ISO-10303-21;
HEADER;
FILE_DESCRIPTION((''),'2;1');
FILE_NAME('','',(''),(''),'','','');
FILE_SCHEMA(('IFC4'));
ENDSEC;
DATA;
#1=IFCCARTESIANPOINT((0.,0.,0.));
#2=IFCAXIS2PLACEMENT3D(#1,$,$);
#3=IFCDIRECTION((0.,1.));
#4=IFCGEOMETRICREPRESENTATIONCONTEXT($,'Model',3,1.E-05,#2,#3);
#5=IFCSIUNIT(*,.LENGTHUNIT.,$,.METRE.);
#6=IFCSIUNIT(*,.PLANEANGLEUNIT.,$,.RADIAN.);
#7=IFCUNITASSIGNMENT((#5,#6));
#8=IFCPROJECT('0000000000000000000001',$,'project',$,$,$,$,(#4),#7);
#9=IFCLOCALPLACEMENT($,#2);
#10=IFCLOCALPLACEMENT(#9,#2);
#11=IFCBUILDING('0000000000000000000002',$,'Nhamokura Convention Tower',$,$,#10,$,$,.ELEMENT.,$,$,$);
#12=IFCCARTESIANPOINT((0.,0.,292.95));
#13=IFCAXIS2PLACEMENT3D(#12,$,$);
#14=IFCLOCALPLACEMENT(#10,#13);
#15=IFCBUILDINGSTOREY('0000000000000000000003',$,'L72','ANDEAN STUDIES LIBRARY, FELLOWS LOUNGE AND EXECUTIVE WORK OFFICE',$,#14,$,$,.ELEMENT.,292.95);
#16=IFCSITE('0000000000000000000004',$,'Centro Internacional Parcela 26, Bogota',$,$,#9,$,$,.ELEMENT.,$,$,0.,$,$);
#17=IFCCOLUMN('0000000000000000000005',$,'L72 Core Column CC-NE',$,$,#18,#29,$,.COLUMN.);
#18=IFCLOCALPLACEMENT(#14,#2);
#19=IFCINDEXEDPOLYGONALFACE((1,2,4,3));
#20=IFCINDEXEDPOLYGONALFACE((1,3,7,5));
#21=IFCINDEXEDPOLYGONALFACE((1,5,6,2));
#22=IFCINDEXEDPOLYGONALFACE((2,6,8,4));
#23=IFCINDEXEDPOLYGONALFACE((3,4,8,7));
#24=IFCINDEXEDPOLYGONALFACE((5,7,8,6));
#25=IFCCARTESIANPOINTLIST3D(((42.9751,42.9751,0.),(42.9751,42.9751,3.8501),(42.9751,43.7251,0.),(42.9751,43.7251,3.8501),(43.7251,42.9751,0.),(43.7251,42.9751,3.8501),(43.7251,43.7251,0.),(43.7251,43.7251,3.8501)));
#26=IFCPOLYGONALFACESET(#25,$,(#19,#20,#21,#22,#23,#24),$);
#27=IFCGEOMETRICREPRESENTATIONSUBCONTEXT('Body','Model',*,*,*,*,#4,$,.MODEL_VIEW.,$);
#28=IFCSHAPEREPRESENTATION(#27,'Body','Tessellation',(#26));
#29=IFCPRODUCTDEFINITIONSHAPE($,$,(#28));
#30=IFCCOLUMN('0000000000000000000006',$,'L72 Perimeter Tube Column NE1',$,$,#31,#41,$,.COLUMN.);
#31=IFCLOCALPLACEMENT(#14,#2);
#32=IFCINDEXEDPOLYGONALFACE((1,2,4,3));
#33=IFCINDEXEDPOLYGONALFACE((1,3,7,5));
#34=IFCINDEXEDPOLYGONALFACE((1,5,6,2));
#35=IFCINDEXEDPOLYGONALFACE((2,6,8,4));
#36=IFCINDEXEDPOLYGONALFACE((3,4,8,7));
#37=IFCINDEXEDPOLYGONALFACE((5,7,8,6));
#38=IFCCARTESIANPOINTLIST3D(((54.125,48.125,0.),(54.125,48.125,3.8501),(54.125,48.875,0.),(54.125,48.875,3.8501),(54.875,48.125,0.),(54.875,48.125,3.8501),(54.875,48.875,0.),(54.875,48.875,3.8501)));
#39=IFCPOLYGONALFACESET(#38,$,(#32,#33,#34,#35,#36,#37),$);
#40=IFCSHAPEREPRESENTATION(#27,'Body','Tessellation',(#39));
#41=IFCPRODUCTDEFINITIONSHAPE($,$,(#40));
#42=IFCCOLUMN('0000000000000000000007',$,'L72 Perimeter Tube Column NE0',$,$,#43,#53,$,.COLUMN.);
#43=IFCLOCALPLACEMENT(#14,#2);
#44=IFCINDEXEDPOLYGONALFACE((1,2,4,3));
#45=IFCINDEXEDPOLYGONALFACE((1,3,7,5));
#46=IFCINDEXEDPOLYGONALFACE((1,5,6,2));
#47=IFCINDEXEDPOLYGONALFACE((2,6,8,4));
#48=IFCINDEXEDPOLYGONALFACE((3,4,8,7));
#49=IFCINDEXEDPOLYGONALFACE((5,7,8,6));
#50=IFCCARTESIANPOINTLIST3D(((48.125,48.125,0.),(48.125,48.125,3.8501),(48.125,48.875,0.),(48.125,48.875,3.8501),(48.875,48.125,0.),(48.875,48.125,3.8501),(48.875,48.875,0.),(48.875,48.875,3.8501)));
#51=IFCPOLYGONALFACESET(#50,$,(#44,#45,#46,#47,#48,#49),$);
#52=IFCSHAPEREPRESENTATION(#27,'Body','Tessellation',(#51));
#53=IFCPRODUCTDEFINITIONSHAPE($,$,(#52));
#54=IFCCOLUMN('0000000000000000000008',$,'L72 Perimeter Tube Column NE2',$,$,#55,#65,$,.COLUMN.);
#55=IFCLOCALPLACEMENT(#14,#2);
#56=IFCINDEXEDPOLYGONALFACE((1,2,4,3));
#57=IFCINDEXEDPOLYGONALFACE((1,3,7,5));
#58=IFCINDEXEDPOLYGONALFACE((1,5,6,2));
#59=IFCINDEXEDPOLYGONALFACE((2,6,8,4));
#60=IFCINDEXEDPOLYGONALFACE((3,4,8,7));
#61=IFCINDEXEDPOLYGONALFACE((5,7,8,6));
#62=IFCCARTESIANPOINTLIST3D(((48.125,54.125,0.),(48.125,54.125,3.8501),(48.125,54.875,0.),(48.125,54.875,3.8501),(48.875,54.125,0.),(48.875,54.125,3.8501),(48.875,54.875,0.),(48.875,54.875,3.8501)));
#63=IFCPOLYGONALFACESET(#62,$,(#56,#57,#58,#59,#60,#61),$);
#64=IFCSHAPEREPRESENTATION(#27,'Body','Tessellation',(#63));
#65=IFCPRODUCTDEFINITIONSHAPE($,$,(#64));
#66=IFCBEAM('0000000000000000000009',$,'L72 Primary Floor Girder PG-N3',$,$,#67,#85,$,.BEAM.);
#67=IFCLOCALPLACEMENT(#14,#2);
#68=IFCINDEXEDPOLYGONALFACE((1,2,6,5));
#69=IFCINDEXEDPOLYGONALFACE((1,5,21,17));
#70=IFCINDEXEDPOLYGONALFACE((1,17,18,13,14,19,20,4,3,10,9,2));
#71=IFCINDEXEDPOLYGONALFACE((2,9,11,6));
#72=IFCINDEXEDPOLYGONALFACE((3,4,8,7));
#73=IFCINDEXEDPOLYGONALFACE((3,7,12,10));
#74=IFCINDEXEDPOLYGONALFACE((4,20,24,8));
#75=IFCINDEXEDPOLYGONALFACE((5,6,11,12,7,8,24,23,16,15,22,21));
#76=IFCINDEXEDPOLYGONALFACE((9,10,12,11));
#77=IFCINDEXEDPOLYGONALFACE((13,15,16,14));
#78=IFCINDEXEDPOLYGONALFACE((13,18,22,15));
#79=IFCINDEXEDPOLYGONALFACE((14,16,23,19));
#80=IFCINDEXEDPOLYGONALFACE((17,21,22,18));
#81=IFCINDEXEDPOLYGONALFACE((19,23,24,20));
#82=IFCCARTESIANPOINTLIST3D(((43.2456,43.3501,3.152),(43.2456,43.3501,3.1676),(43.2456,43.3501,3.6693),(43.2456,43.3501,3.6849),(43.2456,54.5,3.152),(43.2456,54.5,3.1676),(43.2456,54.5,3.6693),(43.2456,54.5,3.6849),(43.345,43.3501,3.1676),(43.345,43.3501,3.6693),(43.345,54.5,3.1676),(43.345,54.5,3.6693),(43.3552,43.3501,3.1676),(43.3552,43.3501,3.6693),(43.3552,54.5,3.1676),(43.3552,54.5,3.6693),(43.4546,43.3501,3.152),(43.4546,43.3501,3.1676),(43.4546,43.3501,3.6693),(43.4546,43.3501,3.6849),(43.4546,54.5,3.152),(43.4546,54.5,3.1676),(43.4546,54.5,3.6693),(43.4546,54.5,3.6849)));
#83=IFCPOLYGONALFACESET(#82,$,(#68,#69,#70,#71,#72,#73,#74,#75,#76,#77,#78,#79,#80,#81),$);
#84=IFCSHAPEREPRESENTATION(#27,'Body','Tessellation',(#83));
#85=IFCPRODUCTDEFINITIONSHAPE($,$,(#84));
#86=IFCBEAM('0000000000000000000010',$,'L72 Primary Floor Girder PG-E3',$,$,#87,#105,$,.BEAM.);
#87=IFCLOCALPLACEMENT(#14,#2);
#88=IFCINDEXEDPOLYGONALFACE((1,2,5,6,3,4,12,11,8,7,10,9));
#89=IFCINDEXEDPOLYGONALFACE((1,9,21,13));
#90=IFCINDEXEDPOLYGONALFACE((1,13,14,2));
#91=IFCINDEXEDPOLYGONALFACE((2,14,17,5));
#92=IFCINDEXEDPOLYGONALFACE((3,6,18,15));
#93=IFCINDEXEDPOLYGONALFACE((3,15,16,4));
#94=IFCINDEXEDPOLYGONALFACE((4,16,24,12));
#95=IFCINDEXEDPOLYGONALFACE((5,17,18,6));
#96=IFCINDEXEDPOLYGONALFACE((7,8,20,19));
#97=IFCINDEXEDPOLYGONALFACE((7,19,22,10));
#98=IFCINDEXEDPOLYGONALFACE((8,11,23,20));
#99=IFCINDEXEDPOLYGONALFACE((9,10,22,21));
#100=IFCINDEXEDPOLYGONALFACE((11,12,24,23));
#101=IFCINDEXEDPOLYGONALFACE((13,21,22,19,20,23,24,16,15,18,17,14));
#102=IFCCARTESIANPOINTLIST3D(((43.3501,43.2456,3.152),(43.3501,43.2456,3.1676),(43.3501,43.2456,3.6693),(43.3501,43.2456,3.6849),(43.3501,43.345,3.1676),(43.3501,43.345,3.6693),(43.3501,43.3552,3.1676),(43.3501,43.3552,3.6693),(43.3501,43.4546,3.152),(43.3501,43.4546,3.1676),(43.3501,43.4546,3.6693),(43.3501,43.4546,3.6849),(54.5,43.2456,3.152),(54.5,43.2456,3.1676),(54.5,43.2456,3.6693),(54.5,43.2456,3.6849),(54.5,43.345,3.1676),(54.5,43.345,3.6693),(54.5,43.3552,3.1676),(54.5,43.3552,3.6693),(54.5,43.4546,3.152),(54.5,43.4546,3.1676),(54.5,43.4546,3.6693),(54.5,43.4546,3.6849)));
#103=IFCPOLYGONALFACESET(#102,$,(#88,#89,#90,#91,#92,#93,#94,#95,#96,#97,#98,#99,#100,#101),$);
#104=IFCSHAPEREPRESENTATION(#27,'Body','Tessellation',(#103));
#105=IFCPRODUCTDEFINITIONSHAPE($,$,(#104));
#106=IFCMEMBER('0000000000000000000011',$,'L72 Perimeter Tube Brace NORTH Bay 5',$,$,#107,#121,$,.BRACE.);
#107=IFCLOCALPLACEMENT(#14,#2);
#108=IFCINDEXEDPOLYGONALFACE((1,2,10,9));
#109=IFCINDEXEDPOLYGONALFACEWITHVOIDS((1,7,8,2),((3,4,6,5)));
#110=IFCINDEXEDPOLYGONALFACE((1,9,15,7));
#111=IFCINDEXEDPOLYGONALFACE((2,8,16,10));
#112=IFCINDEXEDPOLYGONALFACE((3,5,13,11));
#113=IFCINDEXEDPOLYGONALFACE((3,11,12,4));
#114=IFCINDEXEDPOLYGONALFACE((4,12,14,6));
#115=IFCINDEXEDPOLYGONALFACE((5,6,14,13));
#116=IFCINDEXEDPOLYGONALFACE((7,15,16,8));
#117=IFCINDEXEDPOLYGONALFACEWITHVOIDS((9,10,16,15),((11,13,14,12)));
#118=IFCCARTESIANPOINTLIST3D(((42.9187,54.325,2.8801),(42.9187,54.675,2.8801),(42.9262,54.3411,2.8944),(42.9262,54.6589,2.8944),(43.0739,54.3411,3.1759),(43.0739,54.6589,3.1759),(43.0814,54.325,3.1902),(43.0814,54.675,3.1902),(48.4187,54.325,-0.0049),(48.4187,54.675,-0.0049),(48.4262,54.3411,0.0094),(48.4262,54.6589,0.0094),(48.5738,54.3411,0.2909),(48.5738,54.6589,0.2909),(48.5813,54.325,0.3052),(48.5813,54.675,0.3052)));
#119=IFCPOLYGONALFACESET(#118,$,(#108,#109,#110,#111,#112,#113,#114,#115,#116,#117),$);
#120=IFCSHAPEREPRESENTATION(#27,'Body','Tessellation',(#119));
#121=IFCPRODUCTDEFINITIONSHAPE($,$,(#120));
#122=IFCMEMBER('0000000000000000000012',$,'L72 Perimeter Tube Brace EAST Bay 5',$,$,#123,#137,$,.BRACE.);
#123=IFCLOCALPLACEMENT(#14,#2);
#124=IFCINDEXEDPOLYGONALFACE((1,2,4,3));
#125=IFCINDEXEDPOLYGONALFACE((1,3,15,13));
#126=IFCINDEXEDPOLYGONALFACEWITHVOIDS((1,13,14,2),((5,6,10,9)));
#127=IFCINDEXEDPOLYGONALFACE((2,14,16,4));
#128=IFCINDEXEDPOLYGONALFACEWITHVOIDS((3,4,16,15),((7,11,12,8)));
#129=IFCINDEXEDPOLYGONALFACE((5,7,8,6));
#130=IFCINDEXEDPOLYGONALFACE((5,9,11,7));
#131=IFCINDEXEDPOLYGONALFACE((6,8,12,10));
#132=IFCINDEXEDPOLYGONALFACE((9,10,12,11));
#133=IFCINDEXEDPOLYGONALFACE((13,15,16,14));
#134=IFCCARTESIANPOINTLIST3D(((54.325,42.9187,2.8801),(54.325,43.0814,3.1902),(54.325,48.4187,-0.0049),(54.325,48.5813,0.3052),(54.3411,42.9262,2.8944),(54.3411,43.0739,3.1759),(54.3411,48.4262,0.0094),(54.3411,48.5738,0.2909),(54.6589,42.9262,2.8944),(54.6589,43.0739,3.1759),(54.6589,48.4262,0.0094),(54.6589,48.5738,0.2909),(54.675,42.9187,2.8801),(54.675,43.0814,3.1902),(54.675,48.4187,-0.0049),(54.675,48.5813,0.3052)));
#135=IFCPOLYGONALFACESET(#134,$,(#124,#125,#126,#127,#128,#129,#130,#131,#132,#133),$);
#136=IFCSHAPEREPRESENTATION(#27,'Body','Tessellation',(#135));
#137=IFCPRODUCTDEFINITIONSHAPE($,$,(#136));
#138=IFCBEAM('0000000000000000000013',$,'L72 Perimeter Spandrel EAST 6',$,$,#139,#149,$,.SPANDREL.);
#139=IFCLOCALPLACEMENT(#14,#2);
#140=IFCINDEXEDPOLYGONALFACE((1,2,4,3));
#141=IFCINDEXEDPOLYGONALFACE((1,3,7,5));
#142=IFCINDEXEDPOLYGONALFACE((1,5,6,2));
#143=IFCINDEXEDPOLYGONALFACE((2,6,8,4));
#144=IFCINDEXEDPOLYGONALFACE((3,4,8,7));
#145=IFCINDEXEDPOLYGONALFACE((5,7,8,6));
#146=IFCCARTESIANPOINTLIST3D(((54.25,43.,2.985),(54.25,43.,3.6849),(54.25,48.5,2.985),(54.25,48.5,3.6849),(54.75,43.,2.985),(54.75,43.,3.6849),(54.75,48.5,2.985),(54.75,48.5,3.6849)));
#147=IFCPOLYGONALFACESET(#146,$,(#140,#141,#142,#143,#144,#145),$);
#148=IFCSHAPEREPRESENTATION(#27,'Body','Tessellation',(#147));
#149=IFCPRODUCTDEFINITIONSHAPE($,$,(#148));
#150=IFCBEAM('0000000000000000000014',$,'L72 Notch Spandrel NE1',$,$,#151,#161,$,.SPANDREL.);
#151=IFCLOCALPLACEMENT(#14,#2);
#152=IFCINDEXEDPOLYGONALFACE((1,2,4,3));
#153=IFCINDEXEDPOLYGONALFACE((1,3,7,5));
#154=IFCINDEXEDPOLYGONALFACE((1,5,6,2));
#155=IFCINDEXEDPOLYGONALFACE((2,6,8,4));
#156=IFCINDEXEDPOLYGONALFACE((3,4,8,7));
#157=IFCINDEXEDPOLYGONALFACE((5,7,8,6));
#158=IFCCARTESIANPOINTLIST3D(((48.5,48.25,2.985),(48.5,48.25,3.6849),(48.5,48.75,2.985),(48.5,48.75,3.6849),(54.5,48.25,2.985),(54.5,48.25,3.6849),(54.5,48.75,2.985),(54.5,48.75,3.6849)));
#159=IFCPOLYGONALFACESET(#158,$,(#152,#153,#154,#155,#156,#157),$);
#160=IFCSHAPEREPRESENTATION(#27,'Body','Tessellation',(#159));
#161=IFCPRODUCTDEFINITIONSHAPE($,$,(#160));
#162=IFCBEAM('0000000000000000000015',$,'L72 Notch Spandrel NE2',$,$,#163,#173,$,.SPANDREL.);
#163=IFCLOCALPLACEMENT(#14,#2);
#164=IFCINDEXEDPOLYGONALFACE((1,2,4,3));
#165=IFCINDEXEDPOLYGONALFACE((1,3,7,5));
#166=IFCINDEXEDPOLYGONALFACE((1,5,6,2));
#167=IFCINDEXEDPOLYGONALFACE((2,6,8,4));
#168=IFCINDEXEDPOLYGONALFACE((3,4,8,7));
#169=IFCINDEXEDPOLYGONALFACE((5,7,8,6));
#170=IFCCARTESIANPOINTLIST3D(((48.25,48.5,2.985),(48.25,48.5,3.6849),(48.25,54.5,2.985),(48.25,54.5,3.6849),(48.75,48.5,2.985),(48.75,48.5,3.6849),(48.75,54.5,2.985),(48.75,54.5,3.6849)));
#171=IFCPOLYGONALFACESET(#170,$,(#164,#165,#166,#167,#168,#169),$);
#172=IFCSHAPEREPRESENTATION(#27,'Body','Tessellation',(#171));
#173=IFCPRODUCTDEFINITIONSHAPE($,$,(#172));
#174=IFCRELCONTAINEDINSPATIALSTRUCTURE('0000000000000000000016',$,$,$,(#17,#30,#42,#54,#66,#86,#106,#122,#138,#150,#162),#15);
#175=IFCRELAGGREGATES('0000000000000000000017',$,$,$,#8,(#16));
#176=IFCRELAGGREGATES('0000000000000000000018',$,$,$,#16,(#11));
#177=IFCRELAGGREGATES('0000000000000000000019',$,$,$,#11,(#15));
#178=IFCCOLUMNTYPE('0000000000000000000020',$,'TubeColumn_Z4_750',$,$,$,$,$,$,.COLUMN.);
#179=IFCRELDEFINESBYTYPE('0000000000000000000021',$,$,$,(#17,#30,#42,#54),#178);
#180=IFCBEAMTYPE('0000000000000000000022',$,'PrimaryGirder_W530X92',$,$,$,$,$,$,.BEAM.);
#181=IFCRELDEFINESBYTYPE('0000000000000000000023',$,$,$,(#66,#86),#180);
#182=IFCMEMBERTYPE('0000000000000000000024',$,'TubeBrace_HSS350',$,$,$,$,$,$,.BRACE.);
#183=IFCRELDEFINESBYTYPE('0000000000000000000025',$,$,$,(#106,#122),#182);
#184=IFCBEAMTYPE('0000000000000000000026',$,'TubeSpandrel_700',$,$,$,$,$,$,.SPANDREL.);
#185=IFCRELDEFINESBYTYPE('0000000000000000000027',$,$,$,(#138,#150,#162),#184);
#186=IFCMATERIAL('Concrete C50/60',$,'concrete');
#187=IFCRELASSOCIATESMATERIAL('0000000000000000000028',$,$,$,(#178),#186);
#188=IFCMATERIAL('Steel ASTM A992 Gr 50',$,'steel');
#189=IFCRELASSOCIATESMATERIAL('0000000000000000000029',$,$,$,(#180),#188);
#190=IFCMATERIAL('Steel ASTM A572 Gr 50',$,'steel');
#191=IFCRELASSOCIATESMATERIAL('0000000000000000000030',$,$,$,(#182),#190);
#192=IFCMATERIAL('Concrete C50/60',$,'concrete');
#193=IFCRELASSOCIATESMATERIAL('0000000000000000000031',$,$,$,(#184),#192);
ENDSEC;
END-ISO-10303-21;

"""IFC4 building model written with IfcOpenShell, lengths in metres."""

from ifc_helpers import new_model, si_unit, direction, frame, origin, origin_2d, place, context, subcontext, project, spatial, rectangle, hollow_rectangle, i_section, extrude, material, material_profile, profile_set, type_object, element, save


model = new_model("IFC4")

# Units and contexts
model_context = context("Model", 3, precision=1e-05, world=origin(), true_north=direction((0.0, 1.0)))
body_context = subcontext(model_context, "Body", "Model", "MODEL_VIEW")
ifc_project = project(units=[si_unit("LENGTHUNIT", "METRE"), si_unit("PLANEANGLEUNIT", "RADIAN")], contexts=[model_context])

# Site, building, storey
site_placement = place(None, origin())
site = spatial("IfcSite", under=ifc_project, at=site_placement, Name="Centro Internacional Parcela 26, Bogota", CompositionType="ELEMENT", RefElevation=0.0)
building_placement = place(site_placement, origin())
building = spatial("IfcBuilding", under=site, at=building_placement, Name="Nhamokura Convention Tower", CompositionType="ELEMENT")
storey_placement = place(building_placement, frame((0.0, 0.0, 292.95)))
storey = spatial("IfcBuildingStorey", under=building, at=storey_placement, Name="L72", Description="ANDEAN STUDIES LIBRARY, FELLOWS LOUNGE AND EXECUTIVE WORK OFFICE", CompositionType="ELEMENT", Elevation=292.95)

# Columns
ifc_material_1 = material(Name="Concrete C50/60", Category="concrete")
ifc_material_profile_1 = material_profile(ifc_material_1, rectangle(XDim=0.75, YDim=0.75, at=origin_2d()))
ifc_profile_set_1 = profile_set([ifc_material_profile_1], Name="Concrete C50/60")
column_type = type_object("IfcColumnType", Name="TubeColumn_Z4_750", PredefinedType="COLUMN", material=ifc_profile_set_1)
for number, where, z_axis, x_axis, name in (
    (1, (43.3501, 43.3501, 0.0), (0.0, 0.0, 1.0), (1.0, 0.0, 0.0), "L72 Core Column CC-NE"),
    (2, (54.5, 48.5, 0.0), (0.0, 0.0, 1.0), (1.0, 0.0, 0.0), "L72 Perimeter Tube Column NE1"),
    (3, (48.5, 48.5, 0.0), (0.0, 0.0, 1.0), (1.0, 0.0, 0.0), "L72 Perimeter Tube Column NE0"),
    (4, (48.5, 54.5, 0.0), (0.0, 0.0, 1.0), (1.0, 0.0, 0.0), "L72 Perimeter Tube Column NE2"),
):
    element("IfcColumn", number, at=place(storey_placement, frame(where, z_axis=z_axis, x_axis=x_axis)), inside=storey, type_object=column_type, Name=name, PredefinedType="COLUMN", context=body_context, shape_type="SweptSolid", body=[
        extrude(rectangle(XDim=0.75, YDim=0.75, at=origin_2d()), origin(), (0.0, 0.0, 1.0), 3.8501),
    ])

# Beams
ifc_material_2 = material(Name="Steel ASTM A992 Gr 50", Category="steel")
ifc_material_profile_2 = material_profile(ifc_material_2, i_section(OverallWidth=0.209, OverallDepth=0.533, WebThickness=0.0103, FlangeThickness=0.0156, at=origin_2d()))
ifc_profile_set_2 = profile_set([ifc_material_profile_2], Name="Steel ASTM A992 Gr 50")
beam_type_1 = type_object("IfcBeamType", Name="PrimaryGirder_W530X92", PredefinedType="BEAM", material=ifc_profile_set_2)
for number, where, z_axis, x_axis, name in (
    (5, (43.3501, 43.3501, 3.4185), (0.0, 1.0, 0.0), (-1.0, 0.0, 0.0), "L72 Primary Floor Girder PG-N3"),
    (6, (43.3501, 43.3501, 3.4185), (1.0, 0.0, 0.0), (0.0, 1.0, 0.0), "L72 Primary Floor Girder PG-E3"),
):
    element("IfcBeam", number, at=place(storey_placement, frame(where, z_axis=z_axis, x_axis=x_axis)), inside=storey, type_object=beam_type_1, Name=name, PredefinedType="BEAM", context=body_context, shape_type="SweptSolid", body=[
        extrude(i_section(OverallWidth=0.209, OverallDepth=0.533, WebThickness=0.0103, FlangeThickness=0.0156, at=origin_2d()), origin(), (0.0, 0.0, 1.0), 11.1499),
    ])

# Members
ifc_material_3 = material(Name="Steel ASTM A572 Gr 50", Category="steel")
ifc_material_profile_3 = material_profile(ifc_material_3, hollow_rectangle(XDim=0.3501, YDim=0.3501, WallThickness=0.0161, at=origin_2d()))
ifc_profile_set_3 = profile_set([ifc_material_profile_3], Name="Steel ASTM A572 Gr 50")
member_type = type_object("IfcMemberType", Name="TubeBrace_HSS350", PredefinedType="BRACE", material=ifc_profile_set_3)
for number, where, z_axis, x_axis, name in (
    (7, (48.5, 54.5, 0.1501), (-0.885563, 0.0, 0.46452), (0.0, -1.0, 0.0), "L72 Perimeter Tube Brace NORTH Bay 5"),
    (8, (54.5, 48.5, 0.1501), (0.0, -0.885563, 0.46452), (1.0, 0.0, 0.0), "L72 Perimeter Tube Brace EAST Bay 5"),
):
    element("IfcMember", number, at=place(storey_placement, frame(where, z_axis=z_axis, x_axis=x_axis)), inside=storey, type_object=member_type, Name=name, PredefinedType="BRACE", context=body_context, shape_type="SweptSolid", body=[
        extrude(hollow_rectangle(XDim=0.3501, YDim=0.3501, WallThickness=0.0161, at=origin_2d()), origin(), (0.0, 0.0, 1.0), 6.2107),
    ])

# Beams
ifc_material_4 = material(Name="Concrete C50/60", Category="concrete")
ifc_material_profile_4 = material_profile(ifc_material_4, rectangle(XDim=0.5, YDim=0.7, at=origin_2d()))
ifc_profile_set_4 = profile_set([ifc_material_profile_4], Name="Concrete C50/60")
beam_type_2 = type_object("IfcBeamType", Name="TubeSpandrel_700", PredefinedType="SPANDREL", material=ifc_profile_set_4)
beam_placement = place(storey_placement, frame((54.5, 43.0, 3.335), z_axis=(0.0, 1.0, 0.0), x_axis=(-1.0, 0.0, 0.0)))
element("IfcBeam", 9, at=beam_placement, inside=storey, type_object=beam_type_2, Name="L72 Perimeter Spandrel EAST 6", PredefinedType="SPANDREL", context=body_context, shape_type="SweptSolid", body=[
    extrude(rectangle(XDim=0.5, YDim=0.7, at=origin_2d()), origin(), (0.0, 0.0, 1.0), 5.5),
])
for number, where, z_axis, x_axis, name in (
    (10, (54.5, 48.5, 3.335), (-1.0, 0.0, 0.0), (0.0, -1.0, 0.0), "L72 Notch Spandrel NE1"),
    (11, (48.5, 48.5, 3.335), (0.0, 1.0, 0.0), (-1.0, 0.0, 0.0), "L72 Notch Spandrel NE2"),
):
    element("IfcBeam", number, at=place(storey_placement, frame(where, z_axis=z_axis, x_axis=x_axis)), inside=storey, type_object=beam_type_2, Name=name, PredefinedType="SPANDREL", context=body_context, shape_type="SweptSolid", body=[
        extrude(rectangle(XDim=0.5, YDim=0.7, at=origin_2d()), origin(), (0.0, 0.0, 1.0), 6.0),
    ])

save(model, "model.ifc")
